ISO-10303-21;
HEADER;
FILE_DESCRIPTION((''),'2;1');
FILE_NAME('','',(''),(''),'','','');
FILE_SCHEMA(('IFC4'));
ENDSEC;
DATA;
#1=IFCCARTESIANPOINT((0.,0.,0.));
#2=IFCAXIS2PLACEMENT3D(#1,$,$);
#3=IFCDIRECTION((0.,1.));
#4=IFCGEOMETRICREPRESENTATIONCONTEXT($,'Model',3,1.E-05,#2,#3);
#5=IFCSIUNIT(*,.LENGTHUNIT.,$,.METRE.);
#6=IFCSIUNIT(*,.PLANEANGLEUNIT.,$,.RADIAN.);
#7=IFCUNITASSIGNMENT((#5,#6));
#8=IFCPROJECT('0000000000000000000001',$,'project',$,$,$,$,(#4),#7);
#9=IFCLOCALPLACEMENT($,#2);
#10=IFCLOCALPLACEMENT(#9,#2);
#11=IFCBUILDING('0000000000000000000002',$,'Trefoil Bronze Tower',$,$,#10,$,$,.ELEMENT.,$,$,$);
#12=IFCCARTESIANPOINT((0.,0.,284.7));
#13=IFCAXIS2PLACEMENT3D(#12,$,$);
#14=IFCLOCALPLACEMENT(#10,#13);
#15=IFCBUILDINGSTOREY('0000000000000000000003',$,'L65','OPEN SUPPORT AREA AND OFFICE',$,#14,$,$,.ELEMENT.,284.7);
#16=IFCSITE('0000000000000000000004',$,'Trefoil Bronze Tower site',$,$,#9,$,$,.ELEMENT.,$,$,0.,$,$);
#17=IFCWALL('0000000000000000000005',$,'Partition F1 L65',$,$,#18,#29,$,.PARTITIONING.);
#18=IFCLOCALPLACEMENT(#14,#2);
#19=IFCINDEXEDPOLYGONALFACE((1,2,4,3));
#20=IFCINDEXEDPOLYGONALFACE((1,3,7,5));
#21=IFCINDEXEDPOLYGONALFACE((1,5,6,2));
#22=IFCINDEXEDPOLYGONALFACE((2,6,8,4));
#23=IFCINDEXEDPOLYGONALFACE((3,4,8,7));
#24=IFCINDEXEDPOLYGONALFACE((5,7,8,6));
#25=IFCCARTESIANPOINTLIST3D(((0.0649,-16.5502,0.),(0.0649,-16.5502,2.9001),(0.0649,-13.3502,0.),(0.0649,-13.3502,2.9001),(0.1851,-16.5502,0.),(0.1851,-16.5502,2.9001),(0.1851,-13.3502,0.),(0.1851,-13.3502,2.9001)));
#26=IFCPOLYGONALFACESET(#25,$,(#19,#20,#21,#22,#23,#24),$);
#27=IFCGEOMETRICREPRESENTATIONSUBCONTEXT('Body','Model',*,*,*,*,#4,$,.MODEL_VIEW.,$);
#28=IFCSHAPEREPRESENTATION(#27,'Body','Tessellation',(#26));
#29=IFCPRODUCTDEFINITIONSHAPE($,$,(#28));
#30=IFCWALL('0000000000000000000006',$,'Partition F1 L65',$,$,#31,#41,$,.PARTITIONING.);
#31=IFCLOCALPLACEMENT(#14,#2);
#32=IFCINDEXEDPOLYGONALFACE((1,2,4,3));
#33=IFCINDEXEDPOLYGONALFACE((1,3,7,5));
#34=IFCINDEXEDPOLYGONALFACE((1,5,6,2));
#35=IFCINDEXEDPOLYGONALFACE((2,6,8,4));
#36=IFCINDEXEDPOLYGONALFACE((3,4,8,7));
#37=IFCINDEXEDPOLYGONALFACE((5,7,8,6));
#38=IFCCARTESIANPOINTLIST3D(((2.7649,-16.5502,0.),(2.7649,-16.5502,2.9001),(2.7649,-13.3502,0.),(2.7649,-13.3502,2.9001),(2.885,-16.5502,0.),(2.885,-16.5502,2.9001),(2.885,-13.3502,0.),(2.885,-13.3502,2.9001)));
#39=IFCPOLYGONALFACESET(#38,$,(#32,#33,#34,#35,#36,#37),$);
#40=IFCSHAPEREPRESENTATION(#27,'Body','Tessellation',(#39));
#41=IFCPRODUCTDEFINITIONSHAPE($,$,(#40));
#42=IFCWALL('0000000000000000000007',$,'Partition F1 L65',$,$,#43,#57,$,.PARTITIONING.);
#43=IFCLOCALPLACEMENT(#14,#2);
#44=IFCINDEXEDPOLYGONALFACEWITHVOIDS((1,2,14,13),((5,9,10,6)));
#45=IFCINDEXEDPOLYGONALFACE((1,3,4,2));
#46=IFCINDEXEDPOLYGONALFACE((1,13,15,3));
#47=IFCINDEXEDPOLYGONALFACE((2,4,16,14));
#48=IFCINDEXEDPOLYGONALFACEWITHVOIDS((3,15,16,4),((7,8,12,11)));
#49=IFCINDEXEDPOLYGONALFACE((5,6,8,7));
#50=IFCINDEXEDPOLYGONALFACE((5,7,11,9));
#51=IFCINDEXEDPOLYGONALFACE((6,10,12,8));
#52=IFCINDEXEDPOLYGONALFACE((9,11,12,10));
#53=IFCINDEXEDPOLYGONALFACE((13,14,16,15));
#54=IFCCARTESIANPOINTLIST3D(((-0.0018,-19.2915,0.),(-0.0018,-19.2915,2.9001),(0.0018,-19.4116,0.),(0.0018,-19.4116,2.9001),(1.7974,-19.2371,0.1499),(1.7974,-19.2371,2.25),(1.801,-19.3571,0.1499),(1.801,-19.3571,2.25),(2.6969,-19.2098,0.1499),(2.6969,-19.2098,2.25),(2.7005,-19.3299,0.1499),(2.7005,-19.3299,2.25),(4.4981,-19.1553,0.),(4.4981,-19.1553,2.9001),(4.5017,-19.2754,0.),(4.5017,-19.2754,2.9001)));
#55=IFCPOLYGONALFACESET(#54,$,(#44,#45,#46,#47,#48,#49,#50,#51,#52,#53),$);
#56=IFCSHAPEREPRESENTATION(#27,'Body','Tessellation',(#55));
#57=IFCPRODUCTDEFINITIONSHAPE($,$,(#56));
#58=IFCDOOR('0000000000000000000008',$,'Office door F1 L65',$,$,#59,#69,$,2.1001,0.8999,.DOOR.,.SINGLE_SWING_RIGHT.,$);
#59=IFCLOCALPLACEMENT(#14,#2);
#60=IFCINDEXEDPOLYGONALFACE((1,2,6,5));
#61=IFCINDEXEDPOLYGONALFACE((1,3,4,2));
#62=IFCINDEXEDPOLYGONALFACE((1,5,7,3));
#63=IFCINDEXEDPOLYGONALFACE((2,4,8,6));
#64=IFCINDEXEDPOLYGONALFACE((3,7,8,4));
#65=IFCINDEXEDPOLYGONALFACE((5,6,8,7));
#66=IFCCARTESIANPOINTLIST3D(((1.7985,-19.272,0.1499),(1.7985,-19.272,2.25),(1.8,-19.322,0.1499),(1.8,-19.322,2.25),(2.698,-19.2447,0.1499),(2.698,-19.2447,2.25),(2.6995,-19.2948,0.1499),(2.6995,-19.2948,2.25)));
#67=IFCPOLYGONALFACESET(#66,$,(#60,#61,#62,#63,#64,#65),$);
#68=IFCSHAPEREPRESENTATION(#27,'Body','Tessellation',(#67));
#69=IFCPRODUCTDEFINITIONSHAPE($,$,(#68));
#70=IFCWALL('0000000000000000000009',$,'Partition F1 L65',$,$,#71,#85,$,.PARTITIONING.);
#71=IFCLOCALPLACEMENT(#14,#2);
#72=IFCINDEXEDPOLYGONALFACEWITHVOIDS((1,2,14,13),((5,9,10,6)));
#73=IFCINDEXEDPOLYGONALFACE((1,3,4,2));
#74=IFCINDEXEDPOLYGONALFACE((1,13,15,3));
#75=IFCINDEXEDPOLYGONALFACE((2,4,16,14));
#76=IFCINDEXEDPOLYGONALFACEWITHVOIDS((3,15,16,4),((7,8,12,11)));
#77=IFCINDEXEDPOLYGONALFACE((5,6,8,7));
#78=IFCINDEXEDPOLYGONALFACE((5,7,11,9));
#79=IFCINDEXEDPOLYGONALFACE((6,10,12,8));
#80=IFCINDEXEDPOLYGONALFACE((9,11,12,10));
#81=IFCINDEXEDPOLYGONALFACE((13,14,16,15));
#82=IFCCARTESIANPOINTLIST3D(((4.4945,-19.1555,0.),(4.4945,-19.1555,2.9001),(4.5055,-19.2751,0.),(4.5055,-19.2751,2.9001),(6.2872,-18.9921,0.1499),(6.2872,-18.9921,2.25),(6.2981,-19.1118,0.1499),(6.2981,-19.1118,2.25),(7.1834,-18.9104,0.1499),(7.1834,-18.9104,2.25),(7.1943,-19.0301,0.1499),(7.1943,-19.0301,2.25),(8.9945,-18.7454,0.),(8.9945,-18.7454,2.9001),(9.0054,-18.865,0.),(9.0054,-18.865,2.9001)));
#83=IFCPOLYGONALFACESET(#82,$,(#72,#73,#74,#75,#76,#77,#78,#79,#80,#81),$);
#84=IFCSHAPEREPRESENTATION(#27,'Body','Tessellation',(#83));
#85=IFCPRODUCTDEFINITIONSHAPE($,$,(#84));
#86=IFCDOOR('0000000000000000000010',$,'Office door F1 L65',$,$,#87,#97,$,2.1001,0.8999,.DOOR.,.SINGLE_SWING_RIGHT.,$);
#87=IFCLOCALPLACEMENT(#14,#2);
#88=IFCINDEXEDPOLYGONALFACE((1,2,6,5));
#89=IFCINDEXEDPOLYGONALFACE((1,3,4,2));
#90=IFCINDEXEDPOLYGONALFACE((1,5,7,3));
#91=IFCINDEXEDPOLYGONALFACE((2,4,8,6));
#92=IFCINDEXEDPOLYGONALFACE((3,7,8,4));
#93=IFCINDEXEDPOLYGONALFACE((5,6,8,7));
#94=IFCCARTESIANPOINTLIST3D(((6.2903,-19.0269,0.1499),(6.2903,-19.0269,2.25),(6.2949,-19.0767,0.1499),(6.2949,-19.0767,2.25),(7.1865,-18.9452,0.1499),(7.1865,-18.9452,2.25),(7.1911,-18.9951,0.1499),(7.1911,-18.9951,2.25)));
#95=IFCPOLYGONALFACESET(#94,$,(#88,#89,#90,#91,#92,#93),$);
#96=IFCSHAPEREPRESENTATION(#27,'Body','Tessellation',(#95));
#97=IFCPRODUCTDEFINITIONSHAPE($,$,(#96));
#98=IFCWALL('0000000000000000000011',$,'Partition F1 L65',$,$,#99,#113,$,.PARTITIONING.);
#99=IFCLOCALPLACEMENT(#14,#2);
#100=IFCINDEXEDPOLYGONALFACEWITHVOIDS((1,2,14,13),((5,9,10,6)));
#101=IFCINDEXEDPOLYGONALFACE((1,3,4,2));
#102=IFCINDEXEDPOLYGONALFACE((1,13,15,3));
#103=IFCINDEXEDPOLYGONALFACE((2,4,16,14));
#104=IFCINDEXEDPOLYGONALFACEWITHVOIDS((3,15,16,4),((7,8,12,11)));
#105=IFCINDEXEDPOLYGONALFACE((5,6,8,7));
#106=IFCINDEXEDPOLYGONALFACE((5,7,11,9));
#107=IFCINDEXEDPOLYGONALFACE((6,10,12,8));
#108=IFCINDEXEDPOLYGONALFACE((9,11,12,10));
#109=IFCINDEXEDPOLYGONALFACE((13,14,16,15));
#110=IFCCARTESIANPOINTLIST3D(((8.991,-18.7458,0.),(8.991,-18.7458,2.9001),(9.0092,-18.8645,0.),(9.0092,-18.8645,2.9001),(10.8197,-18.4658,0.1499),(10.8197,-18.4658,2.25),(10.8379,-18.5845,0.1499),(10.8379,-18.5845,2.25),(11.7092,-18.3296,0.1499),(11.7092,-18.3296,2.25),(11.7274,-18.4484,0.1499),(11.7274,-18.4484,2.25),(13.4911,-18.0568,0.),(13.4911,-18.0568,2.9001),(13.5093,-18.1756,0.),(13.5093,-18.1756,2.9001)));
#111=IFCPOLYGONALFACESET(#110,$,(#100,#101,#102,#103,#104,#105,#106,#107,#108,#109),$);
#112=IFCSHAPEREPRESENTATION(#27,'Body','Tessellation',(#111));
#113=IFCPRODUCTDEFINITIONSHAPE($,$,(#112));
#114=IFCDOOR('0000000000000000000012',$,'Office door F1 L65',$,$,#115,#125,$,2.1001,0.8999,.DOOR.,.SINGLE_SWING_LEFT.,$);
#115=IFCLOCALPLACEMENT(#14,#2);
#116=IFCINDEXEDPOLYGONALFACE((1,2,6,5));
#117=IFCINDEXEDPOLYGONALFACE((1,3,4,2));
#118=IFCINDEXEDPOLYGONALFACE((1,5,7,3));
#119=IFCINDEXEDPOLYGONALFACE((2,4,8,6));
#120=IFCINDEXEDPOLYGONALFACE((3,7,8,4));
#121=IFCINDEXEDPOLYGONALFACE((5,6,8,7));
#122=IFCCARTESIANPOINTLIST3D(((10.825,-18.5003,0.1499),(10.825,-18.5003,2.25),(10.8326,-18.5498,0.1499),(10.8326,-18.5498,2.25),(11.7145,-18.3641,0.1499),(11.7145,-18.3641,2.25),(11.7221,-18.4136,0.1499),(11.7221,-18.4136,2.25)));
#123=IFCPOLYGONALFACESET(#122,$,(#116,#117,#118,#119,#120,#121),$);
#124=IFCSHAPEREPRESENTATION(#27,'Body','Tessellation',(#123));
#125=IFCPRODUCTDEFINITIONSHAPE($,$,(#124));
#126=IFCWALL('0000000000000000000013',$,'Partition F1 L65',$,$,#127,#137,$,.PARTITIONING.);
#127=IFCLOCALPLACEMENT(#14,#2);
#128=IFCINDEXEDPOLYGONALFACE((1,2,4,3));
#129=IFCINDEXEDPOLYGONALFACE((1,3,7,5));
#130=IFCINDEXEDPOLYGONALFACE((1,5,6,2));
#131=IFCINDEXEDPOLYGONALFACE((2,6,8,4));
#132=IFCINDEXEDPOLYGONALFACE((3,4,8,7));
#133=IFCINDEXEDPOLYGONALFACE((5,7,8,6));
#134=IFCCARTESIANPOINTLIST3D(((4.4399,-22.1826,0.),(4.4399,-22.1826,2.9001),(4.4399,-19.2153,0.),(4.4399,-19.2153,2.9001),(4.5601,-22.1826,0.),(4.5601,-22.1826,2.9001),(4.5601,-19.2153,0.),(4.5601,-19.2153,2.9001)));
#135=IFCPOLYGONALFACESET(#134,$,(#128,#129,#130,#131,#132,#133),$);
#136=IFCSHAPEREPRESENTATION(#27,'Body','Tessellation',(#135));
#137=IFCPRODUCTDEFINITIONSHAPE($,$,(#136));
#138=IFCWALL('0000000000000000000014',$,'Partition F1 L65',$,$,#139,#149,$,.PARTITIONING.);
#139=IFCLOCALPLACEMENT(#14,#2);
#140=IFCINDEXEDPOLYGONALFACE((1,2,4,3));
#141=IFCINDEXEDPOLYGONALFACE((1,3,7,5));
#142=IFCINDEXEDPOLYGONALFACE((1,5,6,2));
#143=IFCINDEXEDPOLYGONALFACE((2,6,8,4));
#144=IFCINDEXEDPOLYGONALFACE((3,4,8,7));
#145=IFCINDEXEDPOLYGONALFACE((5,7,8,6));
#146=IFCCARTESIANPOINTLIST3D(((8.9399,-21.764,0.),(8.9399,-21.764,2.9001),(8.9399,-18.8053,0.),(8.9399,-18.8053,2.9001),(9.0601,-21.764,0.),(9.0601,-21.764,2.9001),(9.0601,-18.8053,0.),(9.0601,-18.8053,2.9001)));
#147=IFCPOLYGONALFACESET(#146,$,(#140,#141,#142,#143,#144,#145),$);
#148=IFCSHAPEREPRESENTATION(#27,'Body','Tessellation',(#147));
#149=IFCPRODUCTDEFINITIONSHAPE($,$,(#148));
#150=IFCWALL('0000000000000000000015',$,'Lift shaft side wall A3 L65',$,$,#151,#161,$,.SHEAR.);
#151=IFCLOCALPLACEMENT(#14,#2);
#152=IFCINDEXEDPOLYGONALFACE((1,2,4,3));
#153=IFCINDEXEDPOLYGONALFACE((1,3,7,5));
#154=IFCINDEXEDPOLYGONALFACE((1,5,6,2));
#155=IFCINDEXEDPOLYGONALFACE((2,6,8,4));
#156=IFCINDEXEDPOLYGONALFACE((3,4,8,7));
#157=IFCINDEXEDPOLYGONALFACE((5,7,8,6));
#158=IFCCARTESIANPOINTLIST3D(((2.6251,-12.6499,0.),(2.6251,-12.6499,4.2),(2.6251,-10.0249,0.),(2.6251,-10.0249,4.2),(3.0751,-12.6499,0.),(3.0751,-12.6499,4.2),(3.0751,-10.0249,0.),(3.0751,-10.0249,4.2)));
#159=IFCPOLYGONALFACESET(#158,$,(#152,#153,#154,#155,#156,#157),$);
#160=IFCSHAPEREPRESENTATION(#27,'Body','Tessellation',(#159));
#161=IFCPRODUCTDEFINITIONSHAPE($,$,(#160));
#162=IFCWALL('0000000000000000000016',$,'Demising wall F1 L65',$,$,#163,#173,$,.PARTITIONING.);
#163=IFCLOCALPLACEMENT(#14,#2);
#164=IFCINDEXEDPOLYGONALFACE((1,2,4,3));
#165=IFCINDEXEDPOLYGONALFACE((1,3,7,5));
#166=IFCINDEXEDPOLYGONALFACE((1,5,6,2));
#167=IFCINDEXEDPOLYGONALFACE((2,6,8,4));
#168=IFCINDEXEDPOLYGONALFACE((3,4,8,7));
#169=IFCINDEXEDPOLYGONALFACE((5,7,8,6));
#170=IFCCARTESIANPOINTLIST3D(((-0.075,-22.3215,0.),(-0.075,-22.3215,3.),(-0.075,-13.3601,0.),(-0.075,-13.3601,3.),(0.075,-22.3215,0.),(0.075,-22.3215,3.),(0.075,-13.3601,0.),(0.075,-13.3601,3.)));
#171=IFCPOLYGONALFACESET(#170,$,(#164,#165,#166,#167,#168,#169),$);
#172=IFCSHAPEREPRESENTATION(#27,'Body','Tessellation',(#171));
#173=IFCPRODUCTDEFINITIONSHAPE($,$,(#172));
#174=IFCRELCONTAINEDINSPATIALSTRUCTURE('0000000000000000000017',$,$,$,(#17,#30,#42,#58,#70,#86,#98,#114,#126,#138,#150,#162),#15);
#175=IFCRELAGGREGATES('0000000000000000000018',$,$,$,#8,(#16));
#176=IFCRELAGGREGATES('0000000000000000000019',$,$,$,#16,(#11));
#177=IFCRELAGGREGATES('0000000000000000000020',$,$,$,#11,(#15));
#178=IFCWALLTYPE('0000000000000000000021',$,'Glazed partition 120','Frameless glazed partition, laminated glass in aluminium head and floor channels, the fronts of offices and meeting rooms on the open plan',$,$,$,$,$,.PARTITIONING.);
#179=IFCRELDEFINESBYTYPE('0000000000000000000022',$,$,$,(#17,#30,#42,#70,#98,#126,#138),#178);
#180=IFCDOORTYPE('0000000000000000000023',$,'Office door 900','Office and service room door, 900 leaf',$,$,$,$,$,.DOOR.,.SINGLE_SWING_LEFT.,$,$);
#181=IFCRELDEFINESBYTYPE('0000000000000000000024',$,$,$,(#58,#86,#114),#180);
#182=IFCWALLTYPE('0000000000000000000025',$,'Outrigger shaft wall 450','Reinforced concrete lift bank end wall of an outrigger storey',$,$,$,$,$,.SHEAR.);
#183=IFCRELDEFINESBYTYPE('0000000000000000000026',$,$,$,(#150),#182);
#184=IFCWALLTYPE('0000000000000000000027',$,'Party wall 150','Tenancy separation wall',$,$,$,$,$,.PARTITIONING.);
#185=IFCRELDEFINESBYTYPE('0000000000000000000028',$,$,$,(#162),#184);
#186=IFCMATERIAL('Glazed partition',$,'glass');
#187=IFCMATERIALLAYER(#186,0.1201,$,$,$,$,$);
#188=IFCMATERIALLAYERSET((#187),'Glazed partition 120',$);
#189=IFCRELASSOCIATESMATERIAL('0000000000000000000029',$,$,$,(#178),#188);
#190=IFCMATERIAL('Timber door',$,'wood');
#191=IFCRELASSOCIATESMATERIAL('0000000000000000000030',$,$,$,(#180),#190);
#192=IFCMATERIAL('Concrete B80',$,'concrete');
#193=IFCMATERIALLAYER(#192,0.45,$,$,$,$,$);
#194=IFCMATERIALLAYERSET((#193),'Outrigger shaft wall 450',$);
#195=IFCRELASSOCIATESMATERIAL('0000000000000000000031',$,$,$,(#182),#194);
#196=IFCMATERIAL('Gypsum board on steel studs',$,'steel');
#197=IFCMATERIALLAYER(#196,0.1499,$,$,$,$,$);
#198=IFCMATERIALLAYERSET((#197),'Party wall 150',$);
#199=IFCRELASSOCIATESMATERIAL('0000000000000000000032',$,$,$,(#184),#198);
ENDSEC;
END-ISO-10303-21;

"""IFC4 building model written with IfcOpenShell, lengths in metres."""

from ifc_helpers import new_model, si_unit, direction, frame, frame_2d, origin, place, context, subcontext, project, spatial, rectangle, extrude, material, layer, layer_set, type_object, element, fill, save


model = new_model("IFC4")

# Units and contexts
model_context = context("Model", 3, precision=1e-05, world=origin(), true_north=direction((0.0, 1.0)))
body_context = subcontext(model_context, "Body", "Model", "MODEL_VIEW")
ifc_project = project(units=[si_unit("LENGTHUNIT", "METRE"), si_unit("PLANEANGLEUNIT", "RADIAN")], contexts=[model_context])

# Site, building, storey
site_placement = place(None, origin())
site = spatial("IfcSite", under=ifc_project, at=site_placement, Name="Trefoil Bronze Tower site", CompositionType="ELEMENT", RefElevation=0.0)
building_placement = place(site_placement, origin())
building = spatial("IfcBuilding", under=site, at=building_placement, Name="Trefoil Bronze Tower", CompositionType="ELEMENT")
storey_placement = place(building_placement, frame((0.0, 0.0, 284.7)))
storey = spatial("IfcBuildingStorey", under=building, at=storey_placement, Name="L65", Description="OPEN SUPPORT AREA AND OFFICE", CompositionType="ELEMENT", Elevation=284.7)

# Shared definitions
ifc_material_1 = material(Name="Glazed partition", Category="glass")
ifc_layer_1 = layer(ifc_material_1, 0.1201)
ifc_layer_set_1 = layer_set([ifc_layer_1], Name="Glazed partition 120")
wall_type_1 = type_object("IfcWallType", Name="Glazed partition 120", Description="Frameless glazed partition, laminated glass in aluminium head and floor channels, the fronts of offices and meeting rooms on the open plan", PredefinedType="PARTITIONING", material=ifc_layer_set_1)
ifc_material_2 = material(Name="Timber door", Category="wood")
door_type = type_object("IfcDoorType", Name="Office door 900", Description="Office and service room door, 900 leaf", OperationType="SINGLE_SWING_LEFT", PredefinedType="DOOR", material=ifc_material_2)

# Walls
for number, where, z_axis, x_axis, name in (
    (1, (0.125, -13.3501, 0.0), (0.0, 0.0, 1.0), (0.0, -1.0, 0.0), "Partition F1 L65"),
    (2, (2.825, -13.3501, 0.0), (0.0, 0.0, 1.0), (0.0, -1.0, 0.0), "Partition F1 L65"),
):
    element("IfcWall", number, at=place(storey_placement, frame(where, z_axis=z_axis, x_axis=x_axis)), inside=storey, type_object=wall_type_1, Name=name, PredefinedType="PARTITIONING", context=body_context, shape_type="SweptSolid", body=[
        extrude(rectangle(XDim=3.2, YDim=0.1201, at=frame_2d((1.6001, 0.0))), origin(), (0.0, 0.0, 1.0), 2.9001),
    ])

# Walls, openings, doors
wall_1_placement = place(storey_placement, frame((0.0, -19.3516, 0.0), z_axis=(0.0, 0.0, 1.0), x_axis=(0.999542, 0.03026, 0.0)))
wall_1 = element("IfcWall", 3, at=wall_1_placement, inside=storey, type_object=wall_type_1, Name="Partition F1 L65", PredefinedType="PARTITIONING", context=body_context, shape_type="SweptSolid", body=[
    extrude(rectangle(XDim=4.502, YDim=0.1201, at=frame_2d((2.251, 0.0))), origin(), (0.0, 0.0, 1.0), 2.9001),
])
opening_1_placement = place(wall_1_placement, frame((1.8, 0.0, 0.1499)))
opening_1 = element("IfcOpeningElement", 4, at=opening_1_placement, cuts=wall_1, PredefinedType="OPENING", context=body_context, shape_type="SweptSolid", body=[
    extrude(rectangle(XDim=0.8999, YDim=2.1001, at=frame_2d((0.45, 1.05))), frame((0.0, 0.0701, 0.0), z_axis=(0.0, -1.0, 0.0), x_axis=(1.0, 0.0, 0.0)), (0.0, 0.0, 1.0), 0.1401),
])
door_1_placement = place(opening_1_placement, frame((0.8999, 0.0, 0.0), z_axis=(0.0, 0.0, 1.0), x_axis=(-1.0, 0.0, 0.0)))
door_1 = element("IfcDoor", 5, at=door_1_placement, inside=storey, type_object=door_type, Name="Office door F1 L65", OperationType="SINGLE_SWING_RIGHT", OverallHeight=2.1001, OverallWidth=0.8999, PredefinedType="DOOR", context=body_context, shape_type="SweptSolid", body=[
    extrude(rectangle(XDim=0.8999, YDim=2.1001, at=frame_2d((0.45, 1.05))), frame((0.0, 0.0249, 0.0), z_axis=(0.0, -1.0, 0.0), x_axis=(1.0, 0.0, 0.0)), (0.0, 0.0, 1.0), 0.05),
])
fill(opening_1, door_1)
wall_2_placement = place(storey_placement, frame((4.5, -19.2153, 0.0), z_axis=(0.0, 0.0, 1.0), x_axis=(0.995872, 0.09077, 0.0)))
wall_2 = element("IfcWall", 6, at=wall_2_placement, inside=storey, type_object=wall_type_1, Name="Partition F1 L65", PredefinedType="PARTITIONING", context=body_context, shape_type="SweptSolid", body=[
    extrude(rectangle(XDim=4.5186, YDim=0.1201, at=frame_2d((2.2593, 0.0))), origin(), (0.0, 0.0, 1.0), 2.9001),
])
opening_2_placement = place(wall_2_placement, frame((1.8, 0.0, 0.1499)))
opening_2 = element("IfcOpeningElement", 7, at=opening_2_placement, cuts=wall_2, PredefinedType="OPENING", context=body_context, shape_type="SweptSolid", body=[
    extrude(rectangle(XDim=0.8999, YDim=2.1001, at=frame_2d((0.45, 1.05))), frame((0.0, 0.0701, 0.0), z_axis=(0.0, -1.0, 0.0), x_axis=(1.0, 0.0, 0.0)), (0.0, 0.0, 1.0), 0.1401),
])
door_2_placement = place(opening_2_placement, frame((0.8999, 0.0, 0.0), z_axis=(0.0, 0.0, 1.0), x_axis=(-1.0, 0.0, 0.0)))
door_2 = element("IfcDoor", 8, at=door_2_placement, inside=storey, type_object=door_type, Name="Office door F1 L65", OperationType="SINGLE_SWING_RIGHT", OverallHeight=2.1001, OverallWidth=0.8999, PredefinedType="DOOR", context=body_context, shape_type="SweptSolid", body=[
    extrude(rectangle(XDim=0.8999, YDim=2.1001, at=frame_2d((0.45, 1.05))), frame((0.0, 0.0249, 0.0), z_axis=(0.0, -1.0, 0.0), x_axis=(1.0, 0.0, 0.0)), (0.0, 0.0, 1.0), 0.05),
])
fill(opening_2, door_2)
wall_3_placement = place(storey_placement, frame((9.0, -18.8052, 0.0), z_axis=(0.0, 0.0, 1.0), x_axis=(0.988482, 0.15134, 0.0)))
wall_3 = element("IfcWall", 9, at=wall_3_placement, inside=storey, type_object=wall_type_1, Name="Partition F1 L65", PredefinedType="PARTITIONING", context=body_context, shape_type="SweptSolid", body=[
    extrude(rectangle(XDim=4.5525, YDim=0.1201, at=frame_2d((2.2764, 0.0))), origin(), (0.0, 0.0, 1.0), 2.9001),
])
opening_3_placement = place(wall_3_placement, frame((1.8501, 0.0, 0.1499)))
opening_3 = element("IfcOpeningElement", 10, at=opening_3_placement, cuts=wall_3, PredefinedType="OPENING", context=body_context, shape_type="SweptSolid", body=[
    extrude(rectangle(XDim=0.8999, YDim=2.1001, at=frame_2d((0.45, 1.05))), frame((0.0, 0.0701, 0.0), z_axis=(0.0, -1.0, 0.0), x_axis=(1.0, 0.0, 0.0)), (0.0, 0.0, 1.0), 0.1401),
])
door_3_placement = place(opening_3_placement, frame((0.8999, 0.0, 0.0), z_axis=(0.0, 0.0, 1.0), x_axis=(-1.0, 0.0, 0.0)))
door_3 = element("IfcDoor", 11, at=door_3_placement, inside=storey, type_object=door_type, Name="Office door F1 L65", OperationType="SINGLE_SWING_LEFT", OverallHeight=2.1001, OverallWidth=0.8999, PredefinedType="DOOR", context=body_context, shape_type="SweptSolid", body=[
    extrude(rectangle(XDim=0.8999, YDim=2.1001, at=frame_2d((0.45, 1.05))), frame((0.0, 0.0249, 0.0), z_axis=(0.0, -1.0, 0.0), x_axis=(1.0, 0.0, 0.0)), (0.0, 0.0, 1.0), 0.05),
])
fill(opening_3, door_3)

# Walls
wall_4_placement = place(storey_placement, frame((4.5, -19.2153, 0.0), z_axis=(0.0, 0.0, 1.0), x_axis=(0.0, -1.0, 0.0)))
element("IfcWall", 12, at=wall_4_placement, inside=storey, type_object=wall_type_1, Name="Partition F1 L65", PredefinedType="PARTITIONING", context=body_context, shape_type="SweptSolid", body=[
    extrude(rectangle(XDim=2.9673, YDim=0.1201, at=frame_2d((1.4836, 0.0))), origin(), (0.0, 0.0, 1.0), 2.9001),
])
wall_5_placement = place(storey_placement, frame((9.0, -18.8052, 0.0), z_axis=(0.0, 0.0, 1.0), x_axis=(0.0, -1.0, 0.0)))
element("IfcWall", 13, at=wall_5_placement, inside=storey, type_object=wall_type_1, Name="Partition F1 L65", PredefinedType="PARTITIONING", context=body_context, shape_type="SweptSolid", body=[
    extrude(rectangle(XDim=2.9587, YDim=0.1201, at=frame_2d((1.4795, 0.0))), origin(), (0.0, 0.0, 1.0), 2.9001),
])
ifc_material_3 = material(Name="Concrete B80", Category="concrete")
ifc_layer_2 = layer(ifc_material_3, 0.45)
ifc_layer_set_2 = layer_set([ifc_layer_2], Name="Outrigger shaft wall 450")
wall_type_2 = type_object("IfcWallType", Name="Outrigger shaft wall 450", Description="Reinforced concrete lift bank end wall of an outrigger storey", PredefinedType="SHEAR", material=ifc_layer_set_2)
wall_6_placement = place(storey_placement, frame((2.8501, -10.0249, 0.0), z_axis=(0.0, 0.0, 1.0), x_axis=(0.0, -1.0, 0.0)))
element("IfcWall", 14, at=wall_6_placement, inside=storey, type_object=wall_type_2, Name="Lift shaft side wall A3 L65", PredefinedType="SHEAR", context=body_context, shape_type="SweptSolid", body=[
    extrude(rectangle(XDim=2.625, YDim=0.45, at=frame_2d((1.3125, 0.0))), origin(), (0.0, 0.0, 1.0), 4.2),
])
ifc_material_4 = material(Name="Gypsum board on steel studs", Category="steel")
ifc_layer_3 = layer(ifc_material_4, 0.1499)
ifc_layer_set_3 = layer_set([ifc_layer_3], Name="Party wall 150")
wall_type_3 = type_object("IfcWallType", Name="Party wall 150", Description="Tenancy separation wall", PredefinedType="PARTITIONING", material=ifc_layer_set_3)
wall_7_placement = place(storey_placement, frame((0.0, -13.3601, 0.0), z_axis=(0.0, 0.0, 1.0), x_axis=(0.0, -1.0, 0.0)))
element("IfcWall", 15, at=wall_7_placement, inside=storey, type_object=wall_type_3, Name="Demising wall F1 L65", PredefinedType="PARTITIONING", context=body_context, shape_type="SweptSolid", body=[
    extrude(rectangle(XDim=8.9614, YDim=0.1499, at=frame_2d((4.4807, 0.0))), origin(), (0.0, 0.0, 1.0), 3.0),
])

save(model, "model.ifc")
